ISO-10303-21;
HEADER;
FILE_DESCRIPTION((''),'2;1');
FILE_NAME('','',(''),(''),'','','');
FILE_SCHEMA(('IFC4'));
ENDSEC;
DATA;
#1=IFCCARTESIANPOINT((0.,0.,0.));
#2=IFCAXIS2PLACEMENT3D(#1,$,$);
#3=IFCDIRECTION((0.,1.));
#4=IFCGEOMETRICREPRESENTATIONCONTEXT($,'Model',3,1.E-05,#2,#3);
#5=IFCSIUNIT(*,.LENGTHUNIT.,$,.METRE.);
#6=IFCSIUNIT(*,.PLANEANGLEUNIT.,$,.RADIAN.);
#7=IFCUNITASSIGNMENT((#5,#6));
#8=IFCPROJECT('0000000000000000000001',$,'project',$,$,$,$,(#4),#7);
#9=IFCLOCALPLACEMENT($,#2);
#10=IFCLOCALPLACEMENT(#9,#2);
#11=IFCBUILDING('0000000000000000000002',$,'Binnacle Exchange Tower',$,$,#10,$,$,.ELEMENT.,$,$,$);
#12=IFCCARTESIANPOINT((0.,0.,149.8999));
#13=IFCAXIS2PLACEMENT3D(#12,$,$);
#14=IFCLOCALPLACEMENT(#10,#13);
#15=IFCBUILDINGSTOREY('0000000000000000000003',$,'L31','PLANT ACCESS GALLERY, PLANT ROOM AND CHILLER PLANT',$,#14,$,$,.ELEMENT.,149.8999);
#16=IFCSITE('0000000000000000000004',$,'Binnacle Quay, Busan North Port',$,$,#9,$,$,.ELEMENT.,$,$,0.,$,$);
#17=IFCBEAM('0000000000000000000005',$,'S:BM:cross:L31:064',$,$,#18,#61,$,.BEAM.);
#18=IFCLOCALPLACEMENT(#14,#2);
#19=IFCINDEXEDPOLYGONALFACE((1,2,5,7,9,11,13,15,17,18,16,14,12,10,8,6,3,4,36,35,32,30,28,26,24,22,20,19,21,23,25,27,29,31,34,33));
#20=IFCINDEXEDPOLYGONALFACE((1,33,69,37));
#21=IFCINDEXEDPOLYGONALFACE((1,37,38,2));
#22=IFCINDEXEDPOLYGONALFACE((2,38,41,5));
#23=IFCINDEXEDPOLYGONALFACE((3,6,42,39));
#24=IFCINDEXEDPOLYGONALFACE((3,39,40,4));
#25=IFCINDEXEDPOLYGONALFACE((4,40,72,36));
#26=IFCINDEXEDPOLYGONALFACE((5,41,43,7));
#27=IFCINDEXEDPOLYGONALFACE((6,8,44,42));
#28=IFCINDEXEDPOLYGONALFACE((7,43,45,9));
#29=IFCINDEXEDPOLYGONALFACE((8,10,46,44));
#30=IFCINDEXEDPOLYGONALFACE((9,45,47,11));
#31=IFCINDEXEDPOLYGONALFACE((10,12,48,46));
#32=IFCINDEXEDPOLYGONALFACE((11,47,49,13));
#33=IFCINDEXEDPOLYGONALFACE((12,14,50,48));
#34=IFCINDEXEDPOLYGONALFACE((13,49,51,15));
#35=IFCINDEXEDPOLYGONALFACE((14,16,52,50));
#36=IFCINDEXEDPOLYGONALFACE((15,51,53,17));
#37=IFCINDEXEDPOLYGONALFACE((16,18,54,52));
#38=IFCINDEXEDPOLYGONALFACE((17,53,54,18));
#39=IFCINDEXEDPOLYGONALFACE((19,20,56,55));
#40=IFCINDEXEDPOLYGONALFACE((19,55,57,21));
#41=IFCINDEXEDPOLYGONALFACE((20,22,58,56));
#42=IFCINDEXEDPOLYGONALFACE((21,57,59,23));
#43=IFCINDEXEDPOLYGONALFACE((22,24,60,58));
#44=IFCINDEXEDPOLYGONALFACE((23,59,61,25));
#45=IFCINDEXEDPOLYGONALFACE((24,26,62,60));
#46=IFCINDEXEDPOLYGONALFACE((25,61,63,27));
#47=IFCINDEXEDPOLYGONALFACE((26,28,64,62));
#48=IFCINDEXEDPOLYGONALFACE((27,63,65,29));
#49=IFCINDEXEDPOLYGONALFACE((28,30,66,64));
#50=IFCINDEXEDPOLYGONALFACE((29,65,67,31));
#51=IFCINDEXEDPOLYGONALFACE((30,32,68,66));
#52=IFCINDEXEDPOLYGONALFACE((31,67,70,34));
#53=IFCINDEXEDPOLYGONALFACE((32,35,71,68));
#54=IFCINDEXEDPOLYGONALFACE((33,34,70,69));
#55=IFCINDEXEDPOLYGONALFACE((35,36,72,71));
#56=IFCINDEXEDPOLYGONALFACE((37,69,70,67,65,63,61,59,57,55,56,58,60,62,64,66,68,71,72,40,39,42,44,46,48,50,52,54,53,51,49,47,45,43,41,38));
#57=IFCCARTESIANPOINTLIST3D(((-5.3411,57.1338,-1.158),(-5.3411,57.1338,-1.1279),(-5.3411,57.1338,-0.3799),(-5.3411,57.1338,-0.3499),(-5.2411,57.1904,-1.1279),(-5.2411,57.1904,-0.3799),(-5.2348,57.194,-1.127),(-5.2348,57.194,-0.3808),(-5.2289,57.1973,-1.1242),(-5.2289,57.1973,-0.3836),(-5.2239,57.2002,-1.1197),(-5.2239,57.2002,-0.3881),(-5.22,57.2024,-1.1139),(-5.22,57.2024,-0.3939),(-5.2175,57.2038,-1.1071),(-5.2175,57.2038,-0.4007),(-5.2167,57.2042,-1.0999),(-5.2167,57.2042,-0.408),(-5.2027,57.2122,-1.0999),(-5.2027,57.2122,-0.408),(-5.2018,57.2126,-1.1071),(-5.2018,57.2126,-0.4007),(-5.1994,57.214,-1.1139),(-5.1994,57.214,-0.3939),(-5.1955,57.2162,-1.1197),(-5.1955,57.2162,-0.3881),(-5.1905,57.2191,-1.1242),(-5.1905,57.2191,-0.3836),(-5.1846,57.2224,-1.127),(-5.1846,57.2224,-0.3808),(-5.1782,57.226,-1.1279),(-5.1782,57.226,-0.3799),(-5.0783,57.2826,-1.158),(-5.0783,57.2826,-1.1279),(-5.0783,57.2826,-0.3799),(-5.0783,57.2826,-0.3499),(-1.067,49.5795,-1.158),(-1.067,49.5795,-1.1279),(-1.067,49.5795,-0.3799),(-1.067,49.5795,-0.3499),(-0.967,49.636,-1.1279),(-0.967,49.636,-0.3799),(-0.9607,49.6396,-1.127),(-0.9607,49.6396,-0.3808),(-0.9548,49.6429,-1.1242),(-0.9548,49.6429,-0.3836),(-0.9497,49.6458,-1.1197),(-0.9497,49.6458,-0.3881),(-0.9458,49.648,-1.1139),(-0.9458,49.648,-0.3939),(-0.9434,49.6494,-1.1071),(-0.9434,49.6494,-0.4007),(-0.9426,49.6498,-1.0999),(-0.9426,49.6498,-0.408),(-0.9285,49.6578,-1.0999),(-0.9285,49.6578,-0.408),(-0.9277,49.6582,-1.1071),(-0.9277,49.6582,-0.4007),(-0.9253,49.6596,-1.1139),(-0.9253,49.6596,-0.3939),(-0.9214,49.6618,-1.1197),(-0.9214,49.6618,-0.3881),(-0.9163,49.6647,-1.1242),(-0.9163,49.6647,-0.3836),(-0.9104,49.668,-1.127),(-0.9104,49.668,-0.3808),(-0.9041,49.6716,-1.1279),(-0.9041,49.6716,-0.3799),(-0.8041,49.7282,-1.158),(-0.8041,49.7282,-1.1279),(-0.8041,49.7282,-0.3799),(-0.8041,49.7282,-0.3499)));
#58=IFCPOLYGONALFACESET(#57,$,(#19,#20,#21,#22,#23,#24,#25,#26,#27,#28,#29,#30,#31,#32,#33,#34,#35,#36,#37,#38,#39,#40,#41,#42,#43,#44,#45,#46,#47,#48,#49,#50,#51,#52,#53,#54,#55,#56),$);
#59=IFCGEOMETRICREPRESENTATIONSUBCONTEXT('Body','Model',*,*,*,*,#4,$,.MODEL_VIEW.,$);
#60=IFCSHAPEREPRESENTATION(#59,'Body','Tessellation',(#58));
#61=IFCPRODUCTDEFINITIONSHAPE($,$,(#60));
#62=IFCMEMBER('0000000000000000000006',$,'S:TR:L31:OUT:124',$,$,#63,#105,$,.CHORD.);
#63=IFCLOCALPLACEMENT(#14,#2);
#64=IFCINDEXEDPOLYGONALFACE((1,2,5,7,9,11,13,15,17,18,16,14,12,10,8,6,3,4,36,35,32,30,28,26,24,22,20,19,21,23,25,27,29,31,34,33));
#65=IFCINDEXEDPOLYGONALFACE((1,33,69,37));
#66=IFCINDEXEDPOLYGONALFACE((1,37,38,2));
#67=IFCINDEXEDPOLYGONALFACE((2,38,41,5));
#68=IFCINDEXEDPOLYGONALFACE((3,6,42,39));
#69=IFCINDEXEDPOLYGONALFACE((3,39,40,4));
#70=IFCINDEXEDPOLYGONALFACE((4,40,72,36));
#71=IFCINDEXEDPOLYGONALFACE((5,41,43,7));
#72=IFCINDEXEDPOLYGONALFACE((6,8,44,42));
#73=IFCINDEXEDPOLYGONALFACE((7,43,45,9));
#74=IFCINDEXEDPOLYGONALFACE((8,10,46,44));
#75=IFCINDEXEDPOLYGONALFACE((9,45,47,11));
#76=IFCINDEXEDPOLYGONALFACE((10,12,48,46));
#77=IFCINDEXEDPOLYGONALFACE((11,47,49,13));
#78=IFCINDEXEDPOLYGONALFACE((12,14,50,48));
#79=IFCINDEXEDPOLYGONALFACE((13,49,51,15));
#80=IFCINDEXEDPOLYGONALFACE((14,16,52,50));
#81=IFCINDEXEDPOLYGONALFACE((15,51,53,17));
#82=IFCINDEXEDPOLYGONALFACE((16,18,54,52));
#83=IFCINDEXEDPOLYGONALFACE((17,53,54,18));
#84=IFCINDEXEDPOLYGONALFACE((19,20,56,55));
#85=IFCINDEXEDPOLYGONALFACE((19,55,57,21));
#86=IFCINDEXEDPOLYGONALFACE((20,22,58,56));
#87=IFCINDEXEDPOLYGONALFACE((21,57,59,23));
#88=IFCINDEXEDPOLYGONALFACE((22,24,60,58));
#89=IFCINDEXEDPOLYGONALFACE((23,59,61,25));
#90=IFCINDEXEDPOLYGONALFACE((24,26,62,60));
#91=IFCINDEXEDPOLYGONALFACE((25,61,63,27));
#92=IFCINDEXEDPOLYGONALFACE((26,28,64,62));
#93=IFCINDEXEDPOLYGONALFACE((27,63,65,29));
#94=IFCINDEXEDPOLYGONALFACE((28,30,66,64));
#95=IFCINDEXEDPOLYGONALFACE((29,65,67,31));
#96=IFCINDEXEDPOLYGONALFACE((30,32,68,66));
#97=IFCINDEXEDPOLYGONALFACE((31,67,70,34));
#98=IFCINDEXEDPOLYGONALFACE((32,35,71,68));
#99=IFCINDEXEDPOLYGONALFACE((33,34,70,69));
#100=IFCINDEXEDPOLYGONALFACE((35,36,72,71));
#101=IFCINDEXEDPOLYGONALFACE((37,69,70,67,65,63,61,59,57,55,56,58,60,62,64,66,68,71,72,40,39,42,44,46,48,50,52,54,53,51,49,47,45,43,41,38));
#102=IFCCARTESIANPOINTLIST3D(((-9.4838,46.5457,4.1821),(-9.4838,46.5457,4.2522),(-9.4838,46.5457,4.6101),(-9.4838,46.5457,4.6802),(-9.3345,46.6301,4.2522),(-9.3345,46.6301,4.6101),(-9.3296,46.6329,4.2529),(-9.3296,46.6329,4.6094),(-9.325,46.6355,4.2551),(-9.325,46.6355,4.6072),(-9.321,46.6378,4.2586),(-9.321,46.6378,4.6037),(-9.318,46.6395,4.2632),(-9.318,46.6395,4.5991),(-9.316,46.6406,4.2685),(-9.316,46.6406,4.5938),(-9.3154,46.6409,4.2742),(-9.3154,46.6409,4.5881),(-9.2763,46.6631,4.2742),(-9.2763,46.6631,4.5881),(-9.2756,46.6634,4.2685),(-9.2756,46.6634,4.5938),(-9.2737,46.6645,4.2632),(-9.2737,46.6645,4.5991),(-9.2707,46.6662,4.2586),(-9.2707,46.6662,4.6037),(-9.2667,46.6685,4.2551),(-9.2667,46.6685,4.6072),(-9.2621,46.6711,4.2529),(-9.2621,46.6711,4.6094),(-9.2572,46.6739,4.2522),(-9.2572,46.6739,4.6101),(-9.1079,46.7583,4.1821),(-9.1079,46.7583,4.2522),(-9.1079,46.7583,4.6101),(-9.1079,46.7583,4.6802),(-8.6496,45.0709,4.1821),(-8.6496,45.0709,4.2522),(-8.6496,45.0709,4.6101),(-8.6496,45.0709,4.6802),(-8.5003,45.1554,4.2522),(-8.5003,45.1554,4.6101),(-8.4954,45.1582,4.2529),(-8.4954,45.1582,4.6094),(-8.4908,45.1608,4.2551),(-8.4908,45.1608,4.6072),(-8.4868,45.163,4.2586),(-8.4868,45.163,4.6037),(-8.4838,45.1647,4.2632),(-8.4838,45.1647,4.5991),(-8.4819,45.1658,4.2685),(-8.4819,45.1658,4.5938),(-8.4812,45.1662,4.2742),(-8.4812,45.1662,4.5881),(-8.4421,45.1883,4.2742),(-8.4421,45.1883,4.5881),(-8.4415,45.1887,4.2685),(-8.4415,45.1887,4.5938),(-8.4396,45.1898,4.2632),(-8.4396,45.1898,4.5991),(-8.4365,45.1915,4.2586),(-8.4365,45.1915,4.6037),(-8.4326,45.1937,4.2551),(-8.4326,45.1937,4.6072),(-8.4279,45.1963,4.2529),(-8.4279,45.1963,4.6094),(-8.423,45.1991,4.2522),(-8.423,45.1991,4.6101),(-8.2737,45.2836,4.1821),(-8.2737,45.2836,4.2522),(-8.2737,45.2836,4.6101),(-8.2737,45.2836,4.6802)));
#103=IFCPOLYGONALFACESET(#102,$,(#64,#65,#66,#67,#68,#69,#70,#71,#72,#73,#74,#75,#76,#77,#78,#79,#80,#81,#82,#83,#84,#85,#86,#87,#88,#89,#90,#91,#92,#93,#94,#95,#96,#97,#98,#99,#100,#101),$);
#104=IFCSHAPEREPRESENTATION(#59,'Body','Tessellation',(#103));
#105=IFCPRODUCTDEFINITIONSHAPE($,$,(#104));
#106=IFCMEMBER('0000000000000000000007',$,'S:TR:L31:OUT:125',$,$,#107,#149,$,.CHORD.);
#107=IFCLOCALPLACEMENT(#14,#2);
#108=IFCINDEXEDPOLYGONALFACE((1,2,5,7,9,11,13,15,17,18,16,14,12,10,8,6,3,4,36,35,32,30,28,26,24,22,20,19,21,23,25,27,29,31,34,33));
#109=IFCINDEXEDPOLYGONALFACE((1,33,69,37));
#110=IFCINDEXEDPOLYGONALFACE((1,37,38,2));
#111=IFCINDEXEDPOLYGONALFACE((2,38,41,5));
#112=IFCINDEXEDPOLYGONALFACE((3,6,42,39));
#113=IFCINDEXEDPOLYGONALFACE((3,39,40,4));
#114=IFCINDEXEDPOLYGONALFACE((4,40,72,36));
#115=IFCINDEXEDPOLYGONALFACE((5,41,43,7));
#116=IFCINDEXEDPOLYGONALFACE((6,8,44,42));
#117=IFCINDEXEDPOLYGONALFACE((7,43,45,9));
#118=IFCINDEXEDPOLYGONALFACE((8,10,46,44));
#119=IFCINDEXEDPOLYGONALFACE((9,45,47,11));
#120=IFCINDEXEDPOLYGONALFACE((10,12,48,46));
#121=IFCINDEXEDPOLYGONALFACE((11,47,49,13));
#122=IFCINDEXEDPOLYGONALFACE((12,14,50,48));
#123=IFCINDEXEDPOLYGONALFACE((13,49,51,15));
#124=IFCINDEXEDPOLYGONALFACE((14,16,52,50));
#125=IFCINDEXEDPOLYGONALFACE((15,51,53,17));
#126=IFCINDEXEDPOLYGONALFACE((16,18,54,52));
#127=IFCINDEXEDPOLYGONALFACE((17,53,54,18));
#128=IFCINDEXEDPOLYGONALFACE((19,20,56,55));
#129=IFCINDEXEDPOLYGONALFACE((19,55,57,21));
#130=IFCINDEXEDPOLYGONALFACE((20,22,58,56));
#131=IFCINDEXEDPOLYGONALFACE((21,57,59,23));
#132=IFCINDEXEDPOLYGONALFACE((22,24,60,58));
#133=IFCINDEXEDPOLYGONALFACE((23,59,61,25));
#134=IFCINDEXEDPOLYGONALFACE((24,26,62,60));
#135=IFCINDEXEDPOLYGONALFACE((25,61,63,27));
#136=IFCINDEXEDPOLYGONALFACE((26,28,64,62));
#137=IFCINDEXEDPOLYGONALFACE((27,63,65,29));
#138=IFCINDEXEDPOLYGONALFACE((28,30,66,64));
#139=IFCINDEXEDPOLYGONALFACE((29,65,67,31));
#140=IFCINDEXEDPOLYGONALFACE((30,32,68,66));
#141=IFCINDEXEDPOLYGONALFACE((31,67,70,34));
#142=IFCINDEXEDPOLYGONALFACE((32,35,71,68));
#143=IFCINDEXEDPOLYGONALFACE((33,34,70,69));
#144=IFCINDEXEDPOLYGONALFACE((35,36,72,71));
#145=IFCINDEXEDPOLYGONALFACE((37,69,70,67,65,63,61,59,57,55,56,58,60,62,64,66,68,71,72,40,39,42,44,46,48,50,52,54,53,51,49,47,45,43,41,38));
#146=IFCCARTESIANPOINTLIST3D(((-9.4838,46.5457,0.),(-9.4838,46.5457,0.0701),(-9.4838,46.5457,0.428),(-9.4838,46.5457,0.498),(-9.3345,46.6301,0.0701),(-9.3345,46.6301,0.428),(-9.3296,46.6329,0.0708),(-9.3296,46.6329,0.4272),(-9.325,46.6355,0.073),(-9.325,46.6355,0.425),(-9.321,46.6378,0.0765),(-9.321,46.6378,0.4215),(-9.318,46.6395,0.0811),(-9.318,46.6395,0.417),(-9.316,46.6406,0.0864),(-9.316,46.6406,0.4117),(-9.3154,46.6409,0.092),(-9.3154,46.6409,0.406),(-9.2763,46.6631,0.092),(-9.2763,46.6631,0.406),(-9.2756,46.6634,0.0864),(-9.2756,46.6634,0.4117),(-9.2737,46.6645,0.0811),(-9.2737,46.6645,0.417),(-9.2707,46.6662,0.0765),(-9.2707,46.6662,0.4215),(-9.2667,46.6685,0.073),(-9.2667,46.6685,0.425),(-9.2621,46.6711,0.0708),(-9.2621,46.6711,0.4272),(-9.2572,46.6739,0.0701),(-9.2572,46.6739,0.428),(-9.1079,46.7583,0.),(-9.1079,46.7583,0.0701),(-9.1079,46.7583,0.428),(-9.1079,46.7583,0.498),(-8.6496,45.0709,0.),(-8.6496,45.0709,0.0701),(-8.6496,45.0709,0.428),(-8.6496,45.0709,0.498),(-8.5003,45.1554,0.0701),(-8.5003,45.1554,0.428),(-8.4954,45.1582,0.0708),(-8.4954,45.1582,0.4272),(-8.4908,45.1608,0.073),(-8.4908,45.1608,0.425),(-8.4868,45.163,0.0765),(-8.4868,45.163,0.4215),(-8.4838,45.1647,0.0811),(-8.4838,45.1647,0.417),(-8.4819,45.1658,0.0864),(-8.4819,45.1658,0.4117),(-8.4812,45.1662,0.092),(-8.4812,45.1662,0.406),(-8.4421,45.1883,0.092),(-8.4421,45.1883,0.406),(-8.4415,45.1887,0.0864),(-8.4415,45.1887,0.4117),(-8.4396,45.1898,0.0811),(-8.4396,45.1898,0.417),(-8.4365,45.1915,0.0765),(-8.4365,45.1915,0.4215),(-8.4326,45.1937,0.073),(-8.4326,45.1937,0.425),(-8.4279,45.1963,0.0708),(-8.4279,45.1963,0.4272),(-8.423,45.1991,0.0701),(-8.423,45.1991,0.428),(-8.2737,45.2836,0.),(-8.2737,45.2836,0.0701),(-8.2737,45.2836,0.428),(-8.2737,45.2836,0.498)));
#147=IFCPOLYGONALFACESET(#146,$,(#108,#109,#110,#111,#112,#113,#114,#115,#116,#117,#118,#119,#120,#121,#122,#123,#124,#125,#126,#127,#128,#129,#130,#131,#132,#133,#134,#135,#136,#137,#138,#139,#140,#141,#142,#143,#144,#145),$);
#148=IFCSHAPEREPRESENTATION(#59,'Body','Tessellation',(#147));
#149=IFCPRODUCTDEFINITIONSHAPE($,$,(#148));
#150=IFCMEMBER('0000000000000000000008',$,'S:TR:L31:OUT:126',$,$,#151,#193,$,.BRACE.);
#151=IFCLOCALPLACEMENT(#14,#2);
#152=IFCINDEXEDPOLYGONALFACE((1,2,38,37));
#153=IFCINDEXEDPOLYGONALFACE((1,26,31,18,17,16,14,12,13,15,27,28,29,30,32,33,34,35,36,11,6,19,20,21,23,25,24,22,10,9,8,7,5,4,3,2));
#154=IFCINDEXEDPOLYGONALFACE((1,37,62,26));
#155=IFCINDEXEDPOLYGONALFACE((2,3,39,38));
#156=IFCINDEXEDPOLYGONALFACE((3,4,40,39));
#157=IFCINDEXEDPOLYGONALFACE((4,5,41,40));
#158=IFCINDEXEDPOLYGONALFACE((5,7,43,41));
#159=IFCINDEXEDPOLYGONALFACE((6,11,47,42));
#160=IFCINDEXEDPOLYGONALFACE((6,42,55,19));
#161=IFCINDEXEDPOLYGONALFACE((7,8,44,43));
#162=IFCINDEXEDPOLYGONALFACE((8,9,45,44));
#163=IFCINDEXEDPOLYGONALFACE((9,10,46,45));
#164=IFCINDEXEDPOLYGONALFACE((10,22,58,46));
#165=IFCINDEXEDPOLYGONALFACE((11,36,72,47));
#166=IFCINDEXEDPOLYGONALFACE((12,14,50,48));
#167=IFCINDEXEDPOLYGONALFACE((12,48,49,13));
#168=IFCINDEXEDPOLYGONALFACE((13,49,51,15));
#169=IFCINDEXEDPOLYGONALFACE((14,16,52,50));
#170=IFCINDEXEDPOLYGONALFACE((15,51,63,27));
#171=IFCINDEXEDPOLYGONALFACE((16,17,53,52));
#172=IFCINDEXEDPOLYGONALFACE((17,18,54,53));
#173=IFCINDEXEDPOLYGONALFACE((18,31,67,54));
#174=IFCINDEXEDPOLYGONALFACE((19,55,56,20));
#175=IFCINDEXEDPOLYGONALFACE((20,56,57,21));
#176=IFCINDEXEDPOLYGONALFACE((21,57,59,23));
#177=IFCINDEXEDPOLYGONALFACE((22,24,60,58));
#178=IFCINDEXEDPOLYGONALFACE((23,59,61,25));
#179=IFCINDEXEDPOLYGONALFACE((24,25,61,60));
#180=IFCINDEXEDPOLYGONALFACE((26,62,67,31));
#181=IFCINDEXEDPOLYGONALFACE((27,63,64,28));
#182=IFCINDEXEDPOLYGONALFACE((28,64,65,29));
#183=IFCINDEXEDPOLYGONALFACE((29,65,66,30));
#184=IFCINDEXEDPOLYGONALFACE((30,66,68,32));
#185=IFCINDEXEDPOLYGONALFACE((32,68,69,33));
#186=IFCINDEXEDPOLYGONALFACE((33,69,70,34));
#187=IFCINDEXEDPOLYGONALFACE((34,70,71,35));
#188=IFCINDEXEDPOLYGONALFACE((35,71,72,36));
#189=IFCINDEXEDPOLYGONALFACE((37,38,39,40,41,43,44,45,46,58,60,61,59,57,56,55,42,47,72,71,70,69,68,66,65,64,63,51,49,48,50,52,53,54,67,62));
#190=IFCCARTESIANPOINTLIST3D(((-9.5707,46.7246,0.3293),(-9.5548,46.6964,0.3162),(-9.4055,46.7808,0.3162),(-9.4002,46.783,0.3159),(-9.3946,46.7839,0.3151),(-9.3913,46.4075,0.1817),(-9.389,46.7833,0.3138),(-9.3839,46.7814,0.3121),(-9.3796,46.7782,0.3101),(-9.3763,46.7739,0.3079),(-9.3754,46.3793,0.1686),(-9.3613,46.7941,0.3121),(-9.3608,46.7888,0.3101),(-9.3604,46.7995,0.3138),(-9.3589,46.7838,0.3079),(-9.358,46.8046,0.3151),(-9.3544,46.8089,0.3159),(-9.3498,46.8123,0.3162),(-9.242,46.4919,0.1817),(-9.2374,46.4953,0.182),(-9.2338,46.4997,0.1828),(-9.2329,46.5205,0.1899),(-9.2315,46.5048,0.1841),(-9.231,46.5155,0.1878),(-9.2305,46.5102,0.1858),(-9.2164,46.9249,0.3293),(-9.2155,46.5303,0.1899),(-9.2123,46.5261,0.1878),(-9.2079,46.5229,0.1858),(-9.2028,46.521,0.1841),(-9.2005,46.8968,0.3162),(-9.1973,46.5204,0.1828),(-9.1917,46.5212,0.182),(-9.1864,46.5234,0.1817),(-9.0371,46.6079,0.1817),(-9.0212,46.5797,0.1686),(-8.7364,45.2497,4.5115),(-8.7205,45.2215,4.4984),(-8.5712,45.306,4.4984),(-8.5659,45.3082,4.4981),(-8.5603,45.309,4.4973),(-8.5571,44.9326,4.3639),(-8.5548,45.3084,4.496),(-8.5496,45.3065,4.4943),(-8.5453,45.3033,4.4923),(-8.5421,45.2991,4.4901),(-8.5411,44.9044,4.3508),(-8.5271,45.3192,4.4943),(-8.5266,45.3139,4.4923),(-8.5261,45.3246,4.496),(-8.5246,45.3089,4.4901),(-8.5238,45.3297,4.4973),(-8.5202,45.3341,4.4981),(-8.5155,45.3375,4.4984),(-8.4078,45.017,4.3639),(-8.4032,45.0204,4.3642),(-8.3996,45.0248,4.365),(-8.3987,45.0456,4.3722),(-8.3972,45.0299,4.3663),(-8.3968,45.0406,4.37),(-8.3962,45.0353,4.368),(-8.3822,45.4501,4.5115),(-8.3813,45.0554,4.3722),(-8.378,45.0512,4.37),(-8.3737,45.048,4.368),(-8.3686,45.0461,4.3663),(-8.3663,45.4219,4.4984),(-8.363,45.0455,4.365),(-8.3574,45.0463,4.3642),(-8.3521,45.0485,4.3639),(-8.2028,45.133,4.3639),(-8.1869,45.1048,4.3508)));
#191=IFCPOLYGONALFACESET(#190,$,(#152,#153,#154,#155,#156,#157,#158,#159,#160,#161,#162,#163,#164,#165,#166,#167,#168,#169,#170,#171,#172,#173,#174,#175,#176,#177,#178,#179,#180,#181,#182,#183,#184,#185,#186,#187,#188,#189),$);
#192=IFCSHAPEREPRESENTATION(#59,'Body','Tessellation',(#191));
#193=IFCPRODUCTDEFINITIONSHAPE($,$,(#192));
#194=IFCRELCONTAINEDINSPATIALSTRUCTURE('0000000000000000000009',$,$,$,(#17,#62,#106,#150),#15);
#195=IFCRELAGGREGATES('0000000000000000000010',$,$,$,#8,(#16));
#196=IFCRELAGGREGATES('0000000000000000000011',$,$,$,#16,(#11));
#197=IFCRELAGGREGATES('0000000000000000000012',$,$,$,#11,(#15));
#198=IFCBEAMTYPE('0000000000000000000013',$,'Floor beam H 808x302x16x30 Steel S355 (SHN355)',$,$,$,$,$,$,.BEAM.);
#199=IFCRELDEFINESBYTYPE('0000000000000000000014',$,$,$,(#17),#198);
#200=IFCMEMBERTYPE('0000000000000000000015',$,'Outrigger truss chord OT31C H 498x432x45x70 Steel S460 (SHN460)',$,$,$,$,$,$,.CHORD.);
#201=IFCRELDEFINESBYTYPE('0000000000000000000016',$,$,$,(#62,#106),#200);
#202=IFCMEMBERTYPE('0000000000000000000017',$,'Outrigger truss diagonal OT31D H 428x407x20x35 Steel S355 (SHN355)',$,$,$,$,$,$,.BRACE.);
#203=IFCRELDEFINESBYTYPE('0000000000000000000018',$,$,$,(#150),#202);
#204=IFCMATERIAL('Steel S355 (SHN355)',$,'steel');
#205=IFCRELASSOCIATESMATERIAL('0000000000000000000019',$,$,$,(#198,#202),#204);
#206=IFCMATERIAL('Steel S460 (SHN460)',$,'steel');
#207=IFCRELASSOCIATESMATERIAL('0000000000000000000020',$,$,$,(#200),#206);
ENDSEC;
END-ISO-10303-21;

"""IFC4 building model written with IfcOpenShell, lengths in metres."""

from ifc_helpers import new_model, si_unit, direction, frame, origin, origin_2d, place, context, subcontext, project, spatial, i_section, extrude, material, material_profile, profile_set, type_object, element, save


model = new_model("IFC4")

# Units and contexts
model_context = context("Model", 3, precision=1e-05, world=origin(), true_north=direction((0.0, 1.0)))
body_context = subcontext(model_context, "Body", "Model", "MODEL_VIEW")
ifc_project = project(units=[si_unit("LENGTHUNIT", "METRE"), si_unit("PLANEANGLEUNIT", "RADIAN")], contexts=[model_context])

# Site, building, storey
site_placement = place(None, origin())
site = spatial("IfcSite", under=ifc_project, at=site_placement, Name="Binnacle Quay, Busan North Port", CompositionType="ELEMENT", RefElevation=0.0)
building_placement = place(site_placement, origin())
building = spatial("IfcBuilding", under=site, at=building_placement, Name="Binnacle Exchange Tower", CompositionType="ELEMENT")
storey_placement = place(building_placement, frame((0.0, 0.0, 149.8999)))
storey = spatial("IfcBuildingStorey", under=building, at=storey_placement, Name="L31", Description="PLANT ACCESS GALLERY, PLANT ROOM AND CHILLER PLANT", CompositionType="ELEMENT", Elevation=149.8999)

# Shared definitions
ifc_material_1 = material(Name="Steel S460 (SHN460)", Category="steel")
ifc_material_2 = material(Name="Steel S355 (SHN355)", Category="steel")

# Beam
ifc_material_profile_1 = material_profile(ifc_material_2, i_section(OverallWidth=0.302, OverallDepth=0.8081, WebThickness=0.0161, FlangeThickness=0.03, FilletRadius=0.0281, at=origin_2d()), Name="H 808x302x16x30")
ifc_profile_set_1 = profile_set([ifc_material_profile_1], Name="Steel S355 (SHN355)")
beam_type_1 = type_object("IfcBeamType", Name="Floor beam H 808x302x16x30 Steel S355 (SHN355)", PredefinedType="BEAM", material=ifc_profile_set_1)
beam_1_placement = place(storey_placement, frame((-0.9355, 49.6538, -0.7539), z_axis=(-0.49243, 0.870352, 0.0), x_axis=(-0.870352, -0.49243, 0.0)))
element("IfcBeam", 1, at=beam_1_placement, inside=storey, type_object=beam_type_1, Name="S:BM:cross:L31:064", PredefinedType="BEAM", context=body_context, shape_type="SweptSolid", body=[
    extrude(i_section(OverallWidth=0.302, OverallDepth=0.8081, WebThickness=0.0161, FlangeThickness=0.03, FilletRadius=0.0281, at=origin_2d()), origin(), (0.0, 0.0, 1.0), 8.6797),
])

# Members
ifc_material_profile_2 = material_profile(ifc_material_1, i_section(OverallWidth=0.4319, OverallDepth=0.498, WebThickness=0.0449, FlangeThickness=0.0701, FilletRadius=0.022, at=origin_2d()), Name="H 498x432x45x70")
ifc_profile_set_2 = profile_set([ifc_material_profile_2], Name="Steel S460 (SHN460)")
member_type_1 = type_object("IfcMemberType", Name="Outrigger truss chord OT31C H 498x432x45x70 Steel S460 (SHN460)", PredefinedType="CHORD", material=ifc_profile_set_2)
for number, where, z_axis, x_axis, name in (
    (2, (-8.4617, 45.1772, 4.4312), (-0.492333, 0.870407, 0.0), (-0.870407, -0.492333, 0.0), "S:TR:L31:OUT:124"),
    (3, (-8.4617, 45.1772, 0.249), (-0.492333, 0.870407, 0.0), (-0.870407, -0.492333, 0.0), "S:TR:L31:OUT:125"),
):
    element("IfcMember", number, at=place(storey_placement, frame(where, z_axis=z_axis, x_axis=x_axis)), inside=storey, type_object=member_type_1, Name=name, PredefinedType="CHORD", context=body_context, shape_type="SweptSolid", body=[
        extrude(i_section(OverallWidth=0.4319, OverallDepth=0.498, WebThickness=0.0449, FlangeThickness=0.0701, FilletRadius=0.022, at=origin_2d()), origin(), (0.0, 0.0, 1.0), 1.6943),
    ])
ifc_material_profile_3 = material_profile(ifc_material_2, i_section(OverallWidth=0.407, OverallDepth=0.428, WebThickness=0.02, FlangeThickness=0.0349, FilletRadius=0.022, at=origin_2d()), Name="H 428x407x20x35")
ifc_profile_set_3 = profile_set([ifc_material_profile_3], Name="Steel S355 (SHN355)")
member_type_2 = type_object("IfcMemberType", Name="Outrigger truss diagonal OT31D H 428x407x20x35 Steel S355 (SHN355)", PredefinedType="BRACE", material=ifc_profile_set_3)
member_1_placement = place(storey_placement, frame((-8.4617, 45.1772, 4.4312), z_axis=(-0.184877, 0.326848, -0.926818), x_axis=(-0.870407, -0.492333, 0.0)))
element("IfcMember", 4, at=member_1_placement, inside=storey, type_object=member_type_2, Name="S:TR:L31:OUT:126", PredefinedType="BRACE", context=body_context, shape_type="SweptSolid", body=[
    extrude(i_section(OverallWidth=0.407, OverallDepth=0.428, WebThickness=0.02, FlangeThickness=0.0349, FilletRadius=0.022, at=origin_2d()), origin(), (0.0, 0.0, 1.0), 4.5125),
])

save(model, "model.ifc")
